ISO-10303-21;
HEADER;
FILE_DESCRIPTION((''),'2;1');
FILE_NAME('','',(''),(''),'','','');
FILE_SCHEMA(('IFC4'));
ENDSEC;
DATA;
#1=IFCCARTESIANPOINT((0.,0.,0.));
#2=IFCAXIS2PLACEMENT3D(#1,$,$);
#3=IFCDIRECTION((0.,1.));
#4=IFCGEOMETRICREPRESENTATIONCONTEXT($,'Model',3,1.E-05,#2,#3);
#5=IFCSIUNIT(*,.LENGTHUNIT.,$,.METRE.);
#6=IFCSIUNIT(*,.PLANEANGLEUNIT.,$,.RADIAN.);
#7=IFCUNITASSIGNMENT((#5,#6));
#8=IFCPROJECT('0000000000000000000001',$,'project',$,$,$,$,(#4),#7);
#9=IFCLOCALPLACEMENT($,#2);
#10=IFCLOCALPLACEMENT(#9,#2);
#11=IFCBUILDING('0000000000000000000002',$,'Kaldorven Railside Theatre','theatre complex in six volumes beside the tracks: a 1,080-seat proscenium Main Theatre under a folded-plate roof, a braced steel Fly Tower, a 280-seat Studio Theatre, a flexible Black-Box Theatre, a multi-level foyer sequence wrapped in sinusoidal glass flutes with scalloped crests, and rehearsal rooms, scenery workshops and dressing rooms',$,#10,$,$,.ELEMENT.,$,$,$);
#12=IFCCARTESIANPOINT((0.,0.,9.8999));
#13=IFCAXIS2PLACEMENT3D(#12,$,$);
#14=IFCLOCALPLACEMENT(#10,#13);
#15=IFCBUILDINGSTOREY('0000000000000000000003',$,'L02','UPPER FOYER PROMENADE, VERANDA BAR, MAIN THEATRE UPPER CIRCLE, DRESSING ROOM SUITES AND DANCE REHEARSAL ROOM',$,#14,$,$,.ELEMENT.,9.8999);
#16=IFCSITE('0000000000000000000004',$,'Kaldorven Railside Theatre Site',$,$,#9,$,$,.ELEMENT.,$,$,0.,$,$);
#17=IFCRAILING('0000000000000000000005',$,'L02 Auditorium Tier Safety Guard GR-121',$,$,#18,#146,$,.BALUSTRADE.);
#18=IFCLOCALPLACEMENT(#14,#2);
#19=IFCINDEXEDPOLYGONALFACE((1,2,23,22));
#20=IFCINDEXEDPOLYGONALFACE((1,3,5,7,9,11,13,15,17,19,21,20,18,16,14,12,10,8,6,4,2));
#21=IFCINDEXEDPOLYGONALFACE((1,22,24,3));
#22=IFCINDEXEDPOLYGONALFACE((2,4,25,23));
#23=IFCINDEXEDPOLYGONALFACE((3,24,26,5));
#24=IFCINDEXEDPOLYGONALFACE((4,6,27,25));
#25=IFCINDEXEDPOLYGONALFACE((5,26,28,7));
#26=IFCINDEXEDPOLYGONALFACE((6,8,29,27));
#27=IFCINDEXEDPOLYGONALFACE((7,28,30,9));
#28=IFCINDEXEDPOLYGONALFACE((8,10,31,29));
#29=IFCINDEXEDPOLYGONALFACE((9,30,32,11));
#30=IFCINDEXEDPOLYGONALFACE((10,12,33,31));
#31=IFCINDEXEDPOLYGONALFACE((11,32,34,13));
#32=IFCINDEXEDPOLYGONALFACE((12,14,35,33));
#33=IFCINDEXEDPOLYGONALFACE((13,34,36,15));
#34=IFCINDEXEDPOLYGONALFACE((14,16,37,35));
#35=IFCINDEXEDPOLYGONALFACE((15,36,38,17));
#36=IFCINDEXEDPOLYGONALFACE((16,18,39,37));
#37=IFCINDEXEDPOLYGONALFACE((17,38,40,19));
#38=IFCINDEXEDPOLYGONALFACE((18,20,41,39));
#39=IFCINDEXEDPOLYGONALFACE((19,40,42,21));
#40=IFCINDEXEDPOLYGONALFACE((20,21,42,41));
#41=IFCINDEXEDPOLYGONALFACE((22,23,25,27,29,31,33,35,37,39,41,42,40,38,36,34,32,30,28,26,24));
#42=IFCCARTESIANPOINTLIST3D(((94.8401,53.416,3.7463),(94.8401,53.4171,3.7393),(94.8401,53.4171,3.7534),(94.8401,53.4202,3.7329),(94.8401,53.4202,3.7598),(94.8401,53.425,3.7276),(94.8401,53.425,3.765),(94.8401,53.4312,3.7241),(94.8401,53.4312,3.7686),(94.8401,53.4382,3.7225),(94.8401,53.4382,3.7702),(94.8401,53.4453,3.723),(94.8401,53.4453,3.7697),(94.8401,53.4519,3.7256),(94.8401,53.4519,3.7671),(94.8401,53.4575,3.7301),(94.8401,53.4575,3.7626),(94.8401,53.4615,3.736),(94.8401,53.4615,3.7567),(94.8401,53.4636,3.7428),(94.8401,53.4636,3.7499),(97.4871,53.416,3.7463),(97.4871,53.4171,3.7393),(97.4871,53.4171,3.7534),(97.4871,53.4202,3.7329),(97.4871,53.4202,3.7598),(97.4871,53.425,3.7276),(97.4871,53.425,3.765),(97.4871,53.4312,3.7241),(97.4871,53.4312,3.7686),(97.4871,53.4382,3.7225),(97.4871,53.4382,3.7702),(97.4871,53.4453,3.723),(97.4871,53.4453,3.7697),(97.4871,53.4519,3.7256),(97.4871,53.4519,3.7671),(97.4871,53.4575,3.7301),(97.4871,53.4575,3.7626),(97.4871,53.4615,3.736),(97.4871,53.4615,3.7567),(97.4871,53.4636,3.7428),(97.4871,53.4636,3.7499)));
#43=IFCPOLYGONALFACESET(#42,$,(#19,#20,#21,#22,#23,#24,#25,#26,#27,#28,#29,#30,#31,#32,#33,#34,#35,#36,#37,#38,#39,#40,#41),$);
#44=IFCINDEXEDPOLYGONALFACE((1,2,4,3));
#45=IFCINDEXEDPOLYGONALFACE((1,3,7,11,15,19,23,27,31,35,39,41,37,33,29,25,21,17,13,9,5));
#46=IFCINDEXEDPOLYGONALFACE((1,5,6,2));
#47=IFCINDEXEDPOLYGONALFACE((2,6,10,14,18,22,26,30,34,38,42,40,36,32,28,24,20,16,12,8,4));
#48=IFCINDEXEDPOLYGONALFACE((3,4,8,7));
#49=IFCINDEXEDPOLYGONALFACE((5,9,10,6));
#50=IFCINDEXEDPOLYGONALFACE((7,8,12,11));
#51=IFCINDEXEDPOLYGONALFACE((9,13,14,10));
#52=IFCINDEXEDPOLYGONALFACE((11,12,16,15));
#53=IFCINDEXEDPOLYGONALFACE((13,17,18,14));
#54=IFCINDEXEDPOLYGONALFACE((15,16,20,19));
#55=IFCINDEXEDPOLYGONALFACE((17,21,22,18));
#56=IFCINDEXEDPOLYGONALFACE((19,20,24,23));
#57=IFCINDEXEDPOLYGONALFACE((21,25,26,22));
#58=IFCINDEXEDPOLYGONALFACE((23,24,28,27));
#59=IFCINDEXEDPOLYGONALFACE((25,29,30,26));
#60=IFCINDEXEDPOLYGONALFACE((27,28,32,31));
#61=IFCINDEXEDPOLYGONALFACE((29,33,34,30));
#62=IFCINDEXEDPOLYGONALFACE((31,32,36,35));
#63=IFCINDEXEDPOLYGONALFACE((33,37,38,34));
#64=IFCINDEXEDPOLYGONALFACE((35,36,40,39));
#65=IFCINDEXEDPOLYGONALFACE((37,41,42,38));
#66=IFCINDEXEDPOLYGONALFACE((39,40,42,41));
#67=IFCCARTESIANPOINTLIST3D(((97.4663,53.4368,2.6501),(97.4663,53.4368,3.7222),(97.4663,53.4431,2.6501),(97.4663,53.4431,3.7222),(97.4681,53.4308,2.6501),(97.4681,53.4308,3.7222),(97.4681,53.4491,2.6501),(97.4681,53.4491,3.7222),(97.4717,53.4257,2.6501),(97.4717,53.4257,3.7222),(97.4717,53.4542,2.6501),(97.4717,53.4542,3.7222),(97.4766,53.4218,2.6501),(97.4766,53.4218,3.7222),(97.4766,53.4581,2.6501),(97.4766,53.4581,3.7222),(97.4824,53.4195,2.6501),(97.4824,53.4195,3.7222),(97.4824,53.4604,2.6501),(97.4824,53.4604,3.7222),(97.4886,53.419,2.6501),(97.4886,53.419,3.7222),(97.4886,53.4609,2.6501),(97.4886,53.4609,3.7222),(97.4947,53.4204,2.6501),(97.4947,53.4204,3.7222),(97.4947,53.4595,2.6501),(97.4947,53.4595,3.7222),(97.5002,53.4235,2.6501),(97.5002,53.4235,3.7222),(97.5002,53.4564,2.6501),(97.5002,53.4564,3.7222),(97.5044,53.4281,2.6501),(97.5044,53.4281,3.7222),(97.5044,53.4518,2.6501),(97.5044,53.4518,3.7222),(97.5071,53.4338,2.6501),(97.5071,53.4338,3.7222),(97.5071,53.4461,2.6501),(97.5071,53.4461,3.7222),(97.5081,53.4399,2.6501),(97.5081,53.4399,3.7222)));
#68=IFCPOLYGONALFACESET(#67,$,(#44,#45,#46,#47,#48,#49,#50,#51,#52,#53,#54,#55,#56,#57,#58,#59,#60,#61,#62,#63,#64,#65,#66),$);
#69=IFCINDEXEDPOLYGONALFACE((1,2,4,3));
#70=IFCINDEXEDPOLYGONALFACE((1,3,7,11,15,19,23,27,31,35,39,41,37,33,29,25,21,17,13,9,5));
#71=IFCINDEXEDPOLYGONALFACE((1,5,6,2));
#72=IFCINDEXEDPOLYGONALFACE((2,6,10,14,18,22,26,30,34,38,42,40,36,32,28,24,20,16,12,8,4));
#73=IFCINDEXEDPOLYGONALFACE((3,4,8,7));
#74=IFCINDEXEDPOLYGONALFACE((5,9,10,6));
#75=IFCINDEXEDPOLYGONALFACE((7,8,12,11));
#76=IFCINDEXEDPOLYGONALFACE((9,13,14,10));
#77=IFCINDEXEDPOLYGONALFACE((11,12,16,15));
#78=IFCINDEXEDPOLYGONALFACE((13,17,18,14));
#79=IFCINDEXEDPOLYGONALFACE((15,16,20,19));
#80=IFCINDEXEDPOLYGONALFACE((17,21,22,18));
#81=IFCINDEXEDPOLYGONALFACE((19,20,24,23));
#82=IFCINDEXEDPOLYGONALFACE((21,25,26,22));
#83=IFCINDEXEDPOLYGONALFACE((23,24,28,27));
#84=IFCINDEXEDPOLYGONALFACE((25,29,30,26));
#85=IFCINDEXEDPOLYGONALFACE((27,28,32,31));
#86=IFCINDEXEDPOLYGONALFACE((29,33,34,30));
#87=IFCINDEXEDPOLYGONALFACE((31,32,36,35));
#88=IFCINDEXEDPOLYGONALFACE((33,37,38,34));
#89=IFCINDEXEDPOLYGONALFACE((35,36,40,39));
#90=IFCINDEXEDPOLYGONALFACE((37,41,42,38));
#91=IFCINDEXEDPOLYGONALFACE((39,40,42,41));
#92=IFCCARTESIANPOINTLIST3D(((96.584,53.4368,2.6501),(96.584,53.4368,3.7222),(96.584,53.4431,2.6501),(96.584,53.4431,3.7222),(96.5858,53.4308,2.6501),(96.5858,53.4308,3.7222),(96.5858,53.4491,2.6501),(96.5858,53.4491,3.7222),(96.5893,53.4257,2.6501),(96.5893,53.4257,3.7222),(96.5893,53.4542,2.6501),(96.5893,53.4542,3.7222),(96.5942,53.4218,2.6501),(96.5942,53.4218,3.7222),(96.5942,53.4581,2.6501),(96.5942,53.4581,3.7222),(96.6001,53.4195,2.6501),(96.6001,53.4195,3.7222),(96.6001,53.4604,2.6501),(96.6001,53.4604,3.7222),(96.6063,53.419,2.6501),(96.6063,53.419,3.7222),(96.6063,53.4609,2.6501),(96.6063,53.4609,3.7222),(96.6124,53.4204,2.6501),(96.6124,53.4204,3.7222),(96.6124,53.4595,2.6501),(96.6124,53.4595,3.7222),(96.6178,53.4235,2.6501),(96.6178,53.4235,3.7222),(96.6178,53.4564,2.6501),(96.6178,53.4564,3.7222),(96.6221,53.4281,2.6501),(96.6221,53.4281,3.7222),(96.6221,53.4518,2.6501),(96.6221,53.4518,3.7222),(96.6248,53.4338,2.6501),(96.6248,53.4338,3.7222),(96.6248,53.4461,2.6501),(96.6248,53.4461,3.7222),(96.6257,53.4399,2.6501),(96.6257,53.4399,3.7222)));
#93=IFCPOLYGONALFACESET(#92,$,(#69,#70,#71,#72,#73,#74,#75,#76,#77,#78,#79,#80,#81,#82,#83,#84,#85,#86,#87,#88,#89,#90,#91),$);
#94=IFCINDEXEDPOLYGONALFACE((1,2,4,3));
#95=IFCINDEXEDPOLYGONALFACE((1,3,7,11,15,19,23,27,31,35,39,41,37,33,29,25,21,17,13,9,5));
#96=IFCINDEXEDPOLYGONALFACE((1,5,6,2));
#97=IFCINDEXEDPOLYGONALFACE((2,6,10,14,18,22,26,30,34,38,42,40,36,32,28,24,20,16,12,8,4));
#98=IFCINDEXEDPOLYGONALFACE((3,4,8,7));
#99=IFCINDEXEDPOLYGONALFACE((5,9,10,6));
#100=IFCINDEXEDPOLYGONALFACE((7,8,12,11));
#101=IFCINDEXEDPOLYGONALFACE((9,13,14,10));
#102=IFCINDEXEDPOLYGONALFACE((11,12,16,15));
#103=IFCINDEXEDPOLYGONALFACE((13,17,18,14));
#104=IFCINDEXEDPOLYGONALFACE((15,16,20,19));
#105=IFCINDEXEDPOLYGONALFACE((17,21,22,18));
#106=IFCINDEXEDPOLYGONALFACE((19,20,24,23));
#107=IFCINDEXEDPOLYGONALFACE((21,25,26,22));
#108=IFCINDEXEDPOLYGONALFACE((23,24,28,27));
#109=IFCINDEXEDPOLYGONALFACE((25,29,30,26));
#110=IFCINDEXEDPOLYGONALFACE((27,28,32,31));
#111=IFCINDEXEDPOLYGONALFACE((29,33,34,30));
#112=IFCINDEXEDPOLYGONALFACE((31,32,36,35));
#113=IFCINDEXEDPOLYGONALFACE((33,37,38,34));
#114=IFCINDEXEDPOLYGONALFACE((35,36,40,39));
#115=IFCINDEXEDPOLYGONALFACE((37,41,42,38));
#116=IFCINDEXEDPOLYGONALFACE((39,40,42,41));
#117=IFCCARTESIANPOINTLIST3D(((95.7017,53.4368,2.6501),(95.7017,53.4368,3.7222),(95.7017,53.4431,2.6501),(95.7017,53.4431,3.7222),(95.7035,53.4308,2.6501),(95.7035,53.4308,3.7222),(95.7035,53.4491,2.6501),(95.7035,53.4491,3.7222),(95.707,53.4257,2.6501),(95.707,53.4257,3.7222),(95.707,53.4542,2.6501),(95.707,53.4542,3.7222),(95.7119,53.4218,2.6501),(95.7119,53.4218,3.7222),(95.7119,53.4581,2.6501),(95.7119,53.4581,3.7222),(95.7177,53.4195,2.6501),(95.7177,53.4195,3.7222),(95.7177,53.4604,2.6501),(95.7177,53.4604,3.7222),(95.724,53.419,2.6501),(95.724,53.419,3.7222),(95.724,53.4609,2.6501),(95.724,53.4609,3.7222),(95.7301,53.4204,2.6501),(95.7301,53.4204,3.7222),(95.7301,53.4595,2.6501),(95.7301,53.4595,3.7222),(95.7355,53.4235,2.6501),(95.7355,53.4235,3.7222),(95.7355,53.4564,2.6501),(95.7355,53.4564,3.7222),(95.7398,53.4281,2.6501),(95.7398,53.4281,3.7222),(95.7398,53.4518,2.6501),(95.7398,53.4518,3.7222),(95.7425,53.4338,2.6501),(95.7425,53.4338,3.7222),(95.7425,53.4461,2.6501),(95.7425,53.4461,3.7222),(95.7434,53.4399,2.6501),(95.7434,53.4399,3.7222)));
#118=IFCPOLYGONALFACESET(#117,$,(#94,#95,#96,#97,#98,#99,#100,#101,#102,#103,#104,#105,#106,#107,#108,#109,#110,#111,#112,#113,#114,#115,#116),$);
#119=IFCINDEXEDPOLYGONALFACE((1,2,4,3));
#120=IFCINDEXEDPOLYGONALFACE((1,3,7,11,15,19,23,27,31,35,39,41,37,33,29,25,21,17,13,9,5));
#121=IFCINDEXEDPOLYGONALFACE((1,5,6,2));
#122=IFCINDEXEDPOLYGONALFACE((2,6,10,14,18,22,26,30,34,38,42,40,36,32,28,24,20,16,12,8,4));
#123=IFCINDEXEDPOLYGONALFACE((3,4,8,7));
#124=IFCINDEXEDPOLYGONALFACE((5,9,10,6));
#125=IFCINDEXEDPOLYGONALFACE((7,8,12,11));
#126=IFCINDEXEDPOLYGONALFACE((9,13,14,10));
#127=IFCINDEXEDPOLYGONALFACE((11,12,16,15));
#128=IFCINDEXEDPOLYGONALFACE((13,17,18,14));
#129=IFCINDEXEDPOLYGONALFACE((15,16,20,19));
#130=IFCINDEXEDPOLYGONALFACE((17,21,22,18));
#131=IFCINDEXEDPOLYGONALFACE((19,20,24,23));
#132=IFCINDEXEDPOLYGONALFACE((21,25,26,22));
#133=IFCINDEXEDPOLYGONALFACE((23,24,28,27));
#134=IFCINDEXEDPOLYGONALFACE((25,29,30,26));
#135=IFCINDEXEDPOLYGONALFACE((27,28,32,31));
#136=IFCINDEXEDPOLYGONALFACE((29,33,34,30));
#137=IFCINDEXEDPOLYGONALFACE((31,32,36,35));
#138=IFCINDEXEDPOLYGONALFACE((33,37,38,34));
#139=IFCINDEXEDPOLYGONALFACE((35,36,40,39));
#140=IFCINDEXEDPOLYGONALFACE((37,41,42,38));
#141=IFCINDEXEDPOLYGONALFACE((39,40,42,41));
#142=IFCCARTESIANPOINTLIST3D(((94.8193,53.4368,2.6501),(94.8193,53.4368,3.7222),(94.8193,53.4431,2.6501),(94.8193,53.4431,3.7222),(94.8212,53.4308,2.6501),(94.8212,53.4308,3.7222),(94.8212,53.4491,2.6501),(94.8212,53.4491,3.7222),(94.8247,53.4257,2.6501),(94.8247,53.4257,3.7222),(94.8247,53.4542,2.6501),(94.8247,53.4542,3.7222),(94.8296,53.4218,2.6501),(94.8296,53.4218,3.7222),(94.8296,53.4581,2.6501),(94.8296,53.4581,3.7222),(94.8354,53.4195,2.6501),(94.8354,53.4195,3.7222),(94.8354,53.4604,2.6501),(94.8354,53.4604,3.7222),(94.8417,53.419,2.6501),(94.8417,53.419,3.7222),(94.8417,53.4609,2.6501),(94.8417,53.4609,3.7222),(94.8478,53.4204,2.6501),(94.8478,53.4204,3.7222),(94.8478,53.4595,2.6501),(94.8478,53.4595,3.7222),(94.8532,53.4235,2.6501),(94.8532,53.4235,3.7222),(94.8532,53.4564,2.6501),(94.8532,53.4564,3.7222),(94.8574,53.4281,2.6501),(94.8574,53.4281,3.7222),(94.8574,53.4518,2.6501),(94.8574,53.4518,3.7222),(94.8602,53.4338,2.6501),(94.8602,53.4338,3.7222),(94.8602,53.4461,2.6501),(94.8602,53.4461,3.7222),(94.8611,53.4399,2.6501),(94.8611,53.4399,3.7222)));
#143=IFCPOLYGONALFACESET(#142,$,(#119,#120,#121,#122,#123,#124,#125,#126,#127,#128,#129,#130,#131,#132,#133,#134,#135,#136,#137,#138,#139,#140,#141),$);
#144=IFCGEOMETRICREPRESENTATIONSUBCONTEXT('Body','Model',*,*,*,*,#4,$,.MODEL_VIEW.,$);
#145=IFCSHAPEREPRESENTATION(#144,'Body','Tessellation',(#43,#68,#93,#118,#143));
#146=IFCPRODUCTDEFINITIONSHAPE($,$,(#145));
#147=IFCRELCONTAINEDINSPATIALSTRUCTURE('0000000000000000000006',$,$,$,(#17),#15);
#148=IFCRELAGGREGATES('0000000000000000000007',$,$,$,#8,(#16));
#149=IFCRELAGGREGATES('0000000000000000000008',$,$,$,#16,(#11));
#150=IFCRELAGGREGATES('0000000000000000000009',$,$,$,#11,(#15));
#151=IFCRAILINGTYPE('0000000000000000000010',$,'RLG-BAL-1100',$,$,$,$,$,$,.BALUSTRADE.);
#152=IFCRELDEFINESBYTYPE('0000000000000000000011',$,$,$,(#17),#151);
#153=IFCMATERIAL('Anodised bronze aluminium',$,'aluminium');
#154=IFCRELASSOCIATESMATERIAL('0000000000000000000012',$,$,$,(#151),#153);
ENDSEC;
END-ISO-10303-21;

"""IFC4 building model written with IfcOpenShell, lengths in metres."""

from ifc_helpers import new_model, si_unit, direction, frame, origin, origin_2d, place, context, subcontext, project, spatial, circle, extrude, material, type_object, element, save


model = new_model("IFC4")

# Units and contexts
model_context = context("Model", 3, precision=1e-05, world=origin(), true_north=direction((0.0, 1.0)))
body_context = subcontext(model_context, "Body", "Model", "MODEL_VIEW")
ifc_project = project(units=[si_unit("LENGTHUNIT", "METRE"), si_unit("PLANEANGLEUNIT", "RADIAN")], contexts=[model_context])

# Site, building, storey
site_placement = place(None, origin())
site = spatial("IfcSite", under=ifc_project, at=site_placement, Name="Kaldorven Railside Theatre Site", CompositionType="ELEMENT", RefElevation=0.0)
building_placement = place(site_placement, origin())
building = spatial("IfcBuilding", under=site, at=building_placement, Name="Kaldorven Railside Theatre", Description="theatre complex in six volumes beside the tracks: a 1,080-seat proscenium Main Theatre under a folded-plate roof, a braced steel Fly Tower, a 280-seat Studio Theatre, a flexible Black-Box Theatre, a multi-level foyer sequence wrapped in sinusoidal glass flutes with scalloped crests, and rehearsal rooms, scenery workshops and dressing rooms", CompositionType="ELEMENT")
storey_placement = place(building_placement, frame((0.0, 0.0, 9.8999)))
storey = spatial("IfcBuildingStorey", under=building, at=storey_placement, Name="L02", Description="UPPER FOYER PROMENADE, VERANDA BAR, MAIN THEATRE UPPER CIRCLE, DRESSING ROOM SUITES AND DANCE REHEARSAL ROOM", CompositionType="ELEMENT", Elevation=9.8999)

# Railing
ifc_material_1 = material(Name="Anodised bronze aluminium", Category="aluminium")
railing_type = type_object("IfcRailingType", Name="RLG-BAL-1100", PredefinedType="BALUSTRADE", material=ifc_material_1)
railing_1_placement = place(storey_placement, frame((97.4871, 53.4399, 2.6501)))
element("IfcRailing", 1, at=railing_1_placement, inside=storey, type_object=railing_type, Name="L02 Auditorium Tier Safety Guard GR-121", PredefinedType="BALUSTRADE", context=body_context, shape_type="SweptSolid", body=[
    extrude(circle(Radius=0.0239, at=origin_2d()), frame((0.0, 0.0, 1.0962), z_axis=(-1.0, 0.0, 0.0), x_axis=(0.0, -1.0, 0.0)), (0.0, 0.0, 1.0), 2.647),
    extrude(circle(Radius=0.021, at=origin_2d()), origin(), (0.0, 0.0, 1.0), 1.072),
    extrude(circle(Radius=0.021, at=origin_2d()), frame((-0.8823, 0.0, 0.0)), (0.0, 0.0, 1.0), 1.072),
    extrude(circle(Radius=0.021, at=origin_2d()), frame((-1.7646, 0.0, 0.0)), (0.0, 0.0, 1.0), 1.072),
    extrude(circle(Radius=0.021, at=origin_2d()), frame((-2.647, 0.0, 0.0)), (0.0, 0.0, 1.0), 1.072),
])

save(model, "model.ifc")
